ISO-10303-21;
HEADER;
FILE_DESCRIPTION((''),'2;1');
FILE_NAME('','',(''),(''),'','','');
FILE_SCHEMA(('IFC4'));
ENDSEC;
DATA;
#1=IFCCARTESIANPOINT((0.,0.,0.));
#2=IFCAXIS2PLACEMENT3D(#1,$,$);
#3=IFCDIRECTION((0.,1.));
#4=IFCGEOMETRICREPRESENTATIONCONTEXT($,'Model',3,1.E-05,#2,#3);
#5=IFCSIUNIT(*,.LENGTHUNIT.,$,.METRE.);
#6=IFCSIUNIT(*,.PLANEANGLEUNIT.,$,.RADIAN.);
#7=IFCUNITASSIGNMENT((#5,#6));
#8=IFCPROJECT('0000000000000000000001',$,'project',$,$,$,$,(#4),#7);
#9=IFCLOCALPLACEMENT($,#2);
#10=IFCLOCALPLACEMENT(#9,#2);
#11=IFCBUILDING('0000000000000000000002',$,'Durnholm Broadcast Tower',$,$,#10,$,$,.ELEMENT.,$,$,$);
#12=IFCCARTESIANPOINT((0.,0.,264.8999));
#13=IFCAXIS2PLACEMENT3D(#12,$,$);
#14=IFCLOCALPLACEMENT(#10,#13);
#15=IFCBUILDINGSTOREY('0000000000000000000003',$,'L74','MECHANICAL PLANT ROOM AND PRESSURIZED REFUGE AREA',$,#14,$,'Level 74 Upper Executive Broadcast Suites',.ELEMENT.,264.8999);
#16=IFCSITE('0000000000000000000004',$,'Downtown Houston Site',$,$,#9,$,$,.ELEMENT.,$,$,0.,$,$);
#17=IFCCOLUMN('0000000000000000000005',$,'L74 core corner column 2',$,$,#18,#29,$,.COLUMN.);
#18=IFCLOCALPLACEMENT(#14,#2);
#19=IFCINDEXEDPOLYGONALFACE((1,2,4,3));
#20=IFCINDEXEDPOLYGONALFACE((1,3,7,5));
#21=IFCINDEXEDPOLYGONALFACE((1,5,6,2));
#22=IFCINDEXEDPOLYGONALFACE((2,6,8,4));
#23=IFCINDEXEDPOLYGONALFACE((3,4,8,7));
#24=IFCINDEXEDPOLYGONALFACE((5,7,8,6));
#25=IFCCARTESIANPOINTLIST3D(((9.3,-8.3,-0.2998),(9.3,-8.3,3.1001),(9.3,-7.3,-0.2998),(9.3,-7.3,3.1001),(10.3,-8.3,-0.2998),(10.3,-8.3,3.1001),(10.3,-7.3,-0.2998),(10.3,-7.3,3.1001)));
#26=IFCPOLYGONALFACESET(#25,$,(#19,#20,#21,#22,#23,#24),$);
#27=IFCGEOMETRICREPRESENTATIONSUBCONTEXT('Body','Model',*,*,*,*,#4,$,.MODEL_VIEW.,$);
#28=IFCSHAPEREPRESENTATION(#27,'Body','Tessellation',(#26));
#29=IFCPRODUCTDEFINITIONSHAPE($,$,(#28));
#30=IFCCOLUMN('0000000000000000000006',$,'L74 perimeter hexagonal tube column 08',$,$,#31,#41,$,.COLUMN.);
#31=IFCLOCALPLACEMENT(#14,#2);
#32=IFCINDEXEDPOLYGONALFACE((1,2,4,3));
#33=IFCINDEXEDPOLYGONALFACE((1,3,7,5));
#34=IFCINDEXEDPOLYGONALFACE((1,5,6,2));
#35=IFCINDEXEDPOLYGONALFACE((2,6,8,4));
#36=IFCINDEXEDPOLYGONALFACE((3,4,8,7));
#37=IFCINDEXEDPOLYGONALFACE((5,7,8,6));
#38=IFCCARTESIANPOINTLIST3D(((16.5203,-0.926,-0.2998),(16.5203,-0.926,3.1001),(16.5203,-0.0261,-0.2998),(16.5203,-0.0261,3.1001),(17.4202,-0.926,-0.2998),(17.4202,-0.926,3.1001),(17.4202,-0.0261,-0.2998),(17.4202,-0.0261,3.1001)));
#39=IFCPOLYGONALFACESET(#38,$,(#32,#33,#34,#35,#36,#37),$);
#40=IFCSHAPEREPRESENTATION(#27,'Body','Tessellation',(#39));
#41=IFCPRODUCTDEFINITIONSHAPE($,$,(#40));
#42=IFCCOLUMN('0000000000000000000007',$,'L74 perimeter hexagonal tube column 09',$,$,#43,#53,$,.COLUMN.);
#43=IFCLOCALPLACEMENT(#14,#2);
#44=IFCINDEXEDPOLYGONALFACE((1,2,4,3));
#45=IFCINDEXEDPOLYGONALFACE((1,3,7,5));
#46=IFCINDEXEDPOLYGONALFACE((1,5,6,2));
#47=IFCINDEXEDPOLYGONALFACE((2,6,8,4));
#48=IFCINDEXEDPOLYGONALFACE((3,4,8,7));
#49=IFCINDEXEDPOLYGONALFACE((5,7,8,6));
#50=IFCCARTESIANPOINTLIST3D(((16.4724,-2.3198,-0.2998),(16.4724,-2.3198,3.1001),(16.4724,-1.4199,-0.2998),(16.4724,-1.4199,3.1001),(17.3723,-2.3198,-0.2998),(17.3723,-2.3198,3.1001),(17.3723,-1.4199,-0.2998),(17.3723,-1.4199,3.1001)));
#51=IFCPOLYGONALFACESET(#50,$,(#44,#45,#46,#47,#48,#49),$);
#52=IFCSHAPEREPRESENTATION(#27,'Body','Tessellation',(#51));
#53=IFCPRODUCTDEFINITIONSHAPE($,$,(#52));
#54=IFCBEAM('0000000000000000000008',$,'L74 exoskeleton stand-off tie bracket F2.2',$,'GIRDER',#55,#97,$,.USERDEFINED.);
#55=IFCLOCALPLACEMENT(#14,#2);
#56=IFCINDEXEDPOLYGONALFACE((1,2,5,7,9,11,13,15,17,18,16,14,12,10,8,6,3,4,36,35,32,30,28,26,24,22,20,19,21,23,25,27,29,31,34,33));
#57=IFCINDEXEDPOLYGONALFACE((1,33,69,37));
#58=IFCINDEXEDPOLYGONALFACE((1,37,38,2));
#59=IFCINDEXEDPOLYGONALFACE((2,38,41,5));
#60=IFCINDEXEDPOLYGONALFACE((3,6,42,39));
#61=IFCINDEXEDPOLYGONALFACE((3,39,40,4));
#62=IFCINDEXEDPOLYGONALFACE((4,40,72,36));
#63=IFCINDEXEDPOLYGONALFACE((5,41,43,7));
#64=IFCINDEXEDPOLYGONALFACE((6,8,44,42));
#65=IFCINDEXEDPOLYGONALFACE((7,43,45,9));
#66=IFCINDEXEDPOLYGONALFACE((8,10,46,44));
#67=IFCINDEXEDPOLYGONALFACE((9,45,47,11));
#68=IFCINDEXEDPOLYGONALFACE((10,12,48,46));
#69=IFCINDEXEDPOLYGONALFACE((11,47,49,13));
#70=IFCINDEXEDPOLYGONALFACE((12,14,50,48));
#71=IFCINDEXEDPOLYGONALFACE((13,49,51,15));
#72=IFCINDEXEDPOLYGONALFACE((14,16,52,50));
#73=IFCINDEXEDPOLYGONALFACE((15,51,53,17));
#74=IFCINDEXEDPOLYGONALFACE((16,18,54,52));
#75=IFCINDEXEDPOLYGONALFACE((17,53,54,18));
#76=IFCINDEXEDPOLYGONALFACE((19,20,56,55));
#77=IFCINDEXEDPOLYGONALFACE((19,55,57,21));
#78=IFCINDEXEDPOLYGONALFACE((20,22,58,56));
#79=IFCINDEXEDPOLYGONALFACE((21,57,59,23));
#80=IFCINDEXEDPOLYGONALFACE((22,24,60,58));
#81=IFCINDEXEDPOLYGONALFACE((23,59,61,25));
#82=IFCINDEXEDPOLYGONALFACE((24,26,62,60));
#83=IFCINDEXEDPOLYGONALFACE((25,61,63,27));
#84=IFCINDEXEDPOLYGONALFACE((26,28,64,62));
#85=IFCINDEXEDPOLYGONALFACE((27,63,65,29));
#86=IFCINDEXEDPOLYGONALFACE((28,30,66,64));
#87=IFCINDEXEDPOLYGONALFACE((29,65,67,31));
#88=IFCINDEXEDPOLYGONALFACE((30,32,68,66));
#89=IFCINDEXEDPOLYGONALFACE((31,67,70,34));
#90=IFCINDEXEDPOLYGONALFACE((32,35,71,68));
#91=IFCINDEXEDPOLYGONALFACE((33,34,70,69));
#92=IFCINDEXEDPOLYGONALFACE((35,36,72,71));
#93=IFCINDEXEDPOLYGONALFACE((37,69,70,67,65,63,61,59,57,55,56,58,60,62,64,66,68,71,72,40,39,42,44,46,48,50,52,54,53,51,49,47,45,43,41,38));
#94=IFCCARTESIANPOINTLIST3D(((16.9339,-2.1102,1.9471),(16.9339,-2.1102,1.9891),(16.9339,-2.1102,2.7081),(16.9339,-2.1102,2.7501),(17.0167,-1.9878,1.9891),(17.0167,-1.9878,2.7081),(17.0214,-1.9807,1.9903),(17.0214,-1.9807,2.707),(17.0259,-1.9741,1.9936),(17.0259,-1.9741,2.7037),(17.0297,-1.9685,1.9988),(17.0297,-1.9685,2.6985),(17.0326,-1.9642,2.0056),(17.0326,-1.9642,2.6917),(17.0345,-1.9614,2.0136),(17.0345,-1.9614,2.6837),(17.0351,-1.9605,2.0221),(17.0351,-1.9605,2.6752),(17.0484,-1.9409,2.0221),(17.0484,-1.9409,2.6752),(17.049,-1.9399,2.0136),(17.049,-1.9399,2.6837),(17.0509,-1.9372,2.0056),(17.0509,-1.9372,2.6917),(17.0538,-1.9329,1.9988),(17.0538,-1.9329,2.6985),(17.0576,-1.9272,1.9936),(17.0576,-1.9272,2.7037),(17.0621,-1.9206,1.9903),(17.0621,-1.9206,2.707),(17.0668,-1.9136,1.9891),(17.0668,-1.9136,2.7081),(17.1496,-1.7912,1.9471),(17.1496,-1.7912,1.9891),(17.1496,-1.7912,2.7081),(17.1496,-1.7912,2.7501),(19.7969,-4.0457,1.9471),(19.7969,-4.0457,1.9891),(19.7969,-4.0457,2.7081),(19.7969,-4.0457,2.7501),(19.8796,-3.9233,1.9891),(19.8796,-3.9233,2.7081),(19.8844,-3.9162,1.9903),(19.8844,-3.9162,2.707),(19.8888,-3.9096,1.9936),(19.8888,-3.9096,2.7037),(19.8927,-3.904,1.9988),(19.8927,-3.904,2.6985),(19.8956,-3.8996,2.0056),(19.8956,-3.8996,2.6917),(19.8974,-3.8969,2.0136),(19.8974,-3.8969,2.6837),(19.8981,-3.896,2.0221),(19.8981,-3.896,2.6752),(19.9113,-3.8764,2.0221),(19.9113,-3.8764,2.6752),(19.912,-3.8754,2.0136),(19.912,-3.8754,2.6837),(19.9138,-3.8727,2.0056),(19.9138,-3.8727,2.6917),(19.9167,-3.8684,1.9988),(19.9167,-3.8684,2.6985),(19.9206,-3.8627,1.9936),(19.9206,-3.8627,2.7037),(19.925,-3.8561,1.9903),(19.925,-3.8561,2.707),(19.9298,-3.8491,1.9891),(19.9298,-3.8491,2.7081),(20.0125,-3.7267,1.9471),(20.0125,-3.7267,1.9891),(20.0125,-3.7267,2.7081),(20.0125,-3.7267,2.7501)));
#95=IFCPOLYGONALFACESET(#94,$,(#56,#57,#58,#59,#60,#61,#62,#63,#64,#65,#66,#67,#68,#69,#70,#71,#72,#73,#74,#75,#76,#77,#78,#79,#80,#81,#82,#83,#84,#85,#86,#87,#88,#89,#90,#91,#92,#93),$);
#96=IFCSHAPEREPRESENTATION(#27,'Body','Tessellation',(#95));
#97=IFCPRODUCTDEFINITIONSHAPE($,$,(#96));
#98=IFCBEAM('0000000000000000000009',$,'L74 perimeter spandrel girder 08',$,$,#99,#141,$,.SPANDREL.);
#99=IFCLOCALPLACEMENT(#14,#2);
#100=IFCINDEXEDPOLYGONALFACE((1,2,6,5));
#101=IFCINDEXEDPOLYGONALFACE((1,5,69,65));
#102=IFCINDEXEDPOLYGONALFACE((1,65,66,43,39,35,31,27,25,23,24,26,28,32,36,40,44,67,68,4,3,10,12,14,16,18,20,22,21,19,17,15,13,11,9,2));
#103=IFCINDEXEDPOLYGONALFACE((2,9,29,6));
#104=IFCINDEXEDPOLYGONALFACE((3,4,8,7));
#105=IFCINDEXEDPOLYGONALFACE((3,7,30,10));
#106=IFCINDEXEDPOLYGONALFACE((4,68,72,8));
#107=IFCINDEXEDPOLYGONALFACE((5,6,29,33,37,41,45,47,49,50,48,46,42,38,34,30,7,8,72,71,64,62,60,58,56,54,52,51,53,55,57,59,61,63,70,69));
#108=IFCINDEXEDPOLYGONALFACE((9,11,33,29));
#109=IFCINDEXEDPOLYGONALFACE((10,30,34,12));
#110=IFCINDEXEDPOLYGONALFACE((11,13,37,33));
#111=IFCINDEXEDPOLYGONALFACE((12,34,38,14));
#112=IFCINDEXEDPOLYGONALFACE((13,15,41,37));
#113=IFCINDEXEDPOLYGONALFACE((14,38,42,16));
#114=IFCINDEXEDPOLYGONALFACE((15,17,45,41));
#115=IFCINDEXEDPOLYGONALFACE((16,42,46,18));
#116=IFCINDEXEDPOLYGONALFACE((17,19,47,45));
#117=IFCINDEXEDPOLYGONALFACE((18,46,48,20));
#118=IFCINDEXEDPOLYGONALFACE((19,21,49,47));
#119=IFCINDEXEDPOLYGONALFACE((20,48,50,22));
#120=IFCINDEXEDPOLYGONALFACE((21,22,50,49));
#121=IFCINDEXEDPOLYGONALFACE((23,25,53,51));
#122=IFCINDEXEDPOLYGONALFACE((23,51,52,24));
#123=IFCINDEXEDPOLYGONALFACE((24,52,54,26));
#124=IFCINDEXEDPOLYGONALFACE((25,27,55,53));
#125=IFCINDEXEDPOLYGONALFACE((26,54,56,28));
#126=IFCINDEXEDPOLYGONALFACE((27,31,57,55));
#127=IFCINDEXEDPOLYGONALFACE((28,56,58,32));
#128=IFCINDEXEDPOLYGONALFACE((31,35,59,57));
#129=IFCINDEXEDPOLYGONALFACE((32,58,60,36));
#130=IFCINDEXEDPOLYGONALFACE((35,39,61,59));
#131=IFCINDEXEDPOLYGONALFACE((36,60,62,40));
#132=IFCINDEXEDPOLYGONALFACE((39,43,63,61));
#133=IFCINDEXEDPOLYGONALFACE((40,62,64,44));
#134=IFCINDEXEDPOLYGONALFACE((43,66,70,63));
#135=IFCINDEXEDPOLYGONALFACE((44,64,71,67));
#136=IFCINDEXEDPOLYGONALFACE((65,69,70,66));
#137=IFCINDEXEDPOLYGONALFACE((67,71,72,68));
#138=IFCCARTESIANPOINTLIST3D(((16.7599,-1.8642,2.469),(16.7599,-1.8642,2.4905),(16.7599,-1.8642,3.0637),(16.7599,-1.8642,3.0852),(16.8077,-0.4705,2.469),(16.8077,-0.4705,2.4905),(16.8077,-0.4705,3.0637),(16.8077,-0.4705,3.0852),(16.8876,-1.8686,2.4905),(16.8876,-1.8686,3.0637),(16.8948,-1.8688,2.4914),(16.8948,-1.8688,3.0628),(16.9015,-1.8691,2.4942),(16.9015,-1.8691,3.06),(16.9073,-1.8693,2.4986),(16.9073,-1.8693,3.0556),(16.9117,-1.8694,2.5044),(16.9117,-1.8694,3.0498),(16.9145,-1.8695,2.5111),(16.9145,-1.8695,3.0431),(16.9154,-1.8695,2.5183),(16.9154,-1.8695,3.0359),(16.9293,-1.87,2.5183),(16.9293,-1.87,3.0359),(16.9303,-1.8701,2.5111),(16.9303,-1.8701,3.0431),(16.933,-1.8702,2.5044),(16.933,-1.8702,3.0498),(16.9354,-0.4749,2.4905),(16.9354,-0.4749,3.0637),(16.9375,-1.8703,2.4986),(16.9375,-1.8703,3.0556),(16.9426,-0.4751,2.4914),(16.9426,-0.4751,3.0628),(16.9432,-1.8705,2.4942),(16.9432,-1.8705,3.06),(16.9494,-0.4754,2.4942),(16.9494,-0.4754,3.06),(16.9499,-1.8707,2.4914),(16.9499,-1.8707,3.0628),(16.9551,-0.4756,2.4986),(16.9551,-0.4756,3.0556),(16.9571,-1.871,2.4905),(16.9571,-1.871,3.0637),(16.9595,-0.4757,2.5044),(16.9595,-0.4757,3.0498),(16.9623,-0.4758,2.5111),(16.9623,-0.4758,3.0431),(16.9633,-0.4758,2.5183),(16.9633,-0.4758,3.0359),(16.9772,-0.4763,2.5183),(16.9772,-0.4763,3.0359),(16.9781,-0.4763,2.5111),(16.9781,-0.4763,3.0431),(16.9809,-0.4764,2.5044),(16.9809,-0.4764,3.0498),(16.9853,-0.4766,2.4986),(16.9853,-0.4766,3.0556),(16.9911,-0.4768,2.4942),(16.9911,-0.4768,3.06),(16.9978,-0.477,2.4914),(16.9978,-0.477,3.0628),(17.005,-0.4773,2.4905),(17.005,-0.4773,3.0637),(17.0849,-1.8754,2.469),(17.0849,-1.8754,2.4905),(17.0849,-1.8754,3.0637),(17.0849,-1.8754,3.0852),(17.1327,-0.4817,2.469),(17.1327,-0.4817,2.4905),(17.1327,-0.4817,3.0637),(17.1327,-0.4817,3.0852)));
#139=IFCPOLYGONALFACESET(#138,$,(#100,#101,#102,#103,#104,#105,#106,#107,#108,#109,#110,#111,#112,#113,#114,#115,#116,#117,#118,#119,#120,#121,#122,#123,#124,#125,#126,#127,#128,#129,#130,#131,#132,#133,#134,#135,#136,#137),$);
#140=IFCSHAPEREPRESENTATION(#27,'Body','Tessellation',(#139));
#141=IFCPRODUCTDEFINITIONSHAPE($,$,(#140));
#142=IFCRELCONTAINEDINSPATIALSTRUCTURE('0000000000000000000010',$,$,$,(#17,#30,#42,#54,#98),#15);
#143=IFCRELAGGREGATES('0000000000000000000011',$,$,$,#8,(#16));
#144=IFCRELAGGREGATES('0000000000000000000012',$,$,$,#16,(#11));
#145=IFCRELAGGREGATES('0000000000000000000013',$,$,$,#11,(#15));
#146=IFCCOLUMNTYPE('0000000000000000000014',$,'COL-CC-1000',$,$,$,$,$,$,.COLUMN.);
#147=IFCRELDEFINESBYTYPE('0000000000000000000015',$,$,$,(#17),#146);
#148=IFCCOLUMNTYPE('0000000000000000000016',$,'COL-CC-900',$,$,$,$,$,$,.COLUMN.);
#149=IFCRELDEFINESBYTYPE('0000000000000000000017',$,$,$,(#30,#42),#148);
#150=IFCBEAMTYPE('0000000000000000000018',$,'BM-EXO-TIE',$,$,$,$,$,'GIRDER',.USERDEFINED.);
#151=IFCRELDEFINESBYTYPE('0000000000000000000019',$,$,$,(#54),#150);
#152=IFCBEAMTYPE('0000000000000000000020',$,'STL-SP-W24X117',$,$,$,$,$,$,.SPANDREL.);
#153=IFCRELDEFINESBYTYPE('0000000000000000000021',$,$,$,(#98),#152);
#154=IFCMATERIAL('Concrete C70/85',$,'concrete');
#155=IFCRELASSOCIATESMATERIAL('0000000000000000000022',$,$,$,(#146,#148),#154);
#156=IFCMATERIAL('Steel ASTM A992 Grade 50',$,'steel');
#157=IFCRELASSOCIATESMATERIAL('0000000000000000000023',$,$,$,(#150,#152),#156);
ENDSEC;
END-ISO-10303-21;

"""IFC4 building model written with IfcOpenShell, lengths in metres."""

from ifc_helpers import new_model, si_unit, direction, frame, origin, origin_2d, place, context, subcontext, project, spatial, rectangle, i_section, extrude, source, transform, mapped, material, material_profile, profile_set, type_object, type_shapes, element, save


model = new_model("IFC4")

# Units and contexts
model_context = context("Model", 3, precision=1e-05, world=origin(), true_north=direction((0.0, 1.0)))
body_context = subcontext(model_context, "Body", "Model", "MODEL_VIEW")
ifc_project = project(units=[si_unit("LENGTHUNIT", "METRE"), si_unit("PLANEANGLEUNIT", "RADIAN")], contexts=[model_context])

# Site, building, storey
site_placement = place(None, origin())
site = spatial("IfcSite", under=ifc_project, at=site_placement, Name="Downtown Houston Site", CompositionType="ELEMENT", RefElevation=0.0)
building_placement = place(site_placement, origin())
building = spatial("IfcBuilding", under=site, at=building_placement, Name="Durnholm Broadcast Tower", CompositionType="ELEMENT")
storey_placement = place(building_placement, frame((0.0, 0.0, 264.8999)))
storey = spatial("IfcBuildingStorey", under=building, at=storey_placement, Name="L74", Description="MECHANICAL PLANT ROOM AND PRESSURIZED REFUGE AREA", LongName="Level 74 Upper Executive Broadcast Suites", CompositionType="ELEMENT", Elevation=264.8999)

# Columns
ifc_material_1 = material(Name="Concrete C70/85", Category="concrete")
ifc_material_profile_1 = material_profile(ifc_material_1, rectangle(XDim=1.0, YDim=1.0, at=origin_2d()), Name="RC1000X1000")
ifc_profile_set_1 = profile_set([ifc_material_profile_1], Name="Concrete C70/85")
column_type_1 = type_object("IfcColumnType", Name="COL-CC-1000", PredefinedType="COLUMN", material=ifc_profile_set_1)
shared_shape_1 = source(origin(), body_context, "Body", "SweptSolid", [
    extrude(rectangle(XDim=1.0, YDim=1.0, at=origin_2d()), origin(), (0.0, 0.0, 1.0), 3.3999),
])
type_shapes(column_type_1, [shared_shape_1])
column_placement = place(storey_placement, frame((9.8, -7.8, -0.2998), z_axis=(0.0, 0.0, 1.0), x_axis=(1.0, 0.0, 0.0)))
element("IfcColumn", 1, at=column_placement, inside=storey, type_object=column_type_1, Name="L74 core corner column 2", PredefinedType="COLUMN", context=body_context, shape_type="MappedRepresentation", body=[
    mapped(shared_shape_1, transform((0.0, 0.0, 0.0), x_axis=(1.0, 0.0, 0.0), y_axis=(0.0, 1.0, 0.0), z_axis=(0.0, 0.0, 1.0), scale=1.0)),
])
ifc_material_profile_2 = material_profile(ifc_material_1, rectangle(XDim=0.8999, YDim=0.8999, at=origin_2d()), Name="RC900X900")
ifc_profile_set_2 = profile_set([ifc_material_profile_2], Name="Concrete C70/85")
column_type_2 = type_object("IfcColumnType", Name="COL-CC-900", PredefinedType="COLUMN", material=ifc_profile_set_2)
shared_shape_2 = source(origin(), body_context, "Body", "SweptSolid", [
    extrude(rectangle(XDim=0.8999, YDim=0.8999, at=origin_2d()), origin(), (0.0, 0.0, 1.0), 3.3999),
])
type_shapes(column_type_2, [shared_shape_2])
for number, where, z_axis, x_axis, name in (
    (2, (16.9702, -0.4761, -0.2998), (0.0, 0.0, 1.0), (1.0, 0.0, 0.0), "L74 perimeter hexagonal tube column 08"),
    (3, (16.9224, -1.8699, -0.2998), (0.0, 0.0, 1.0), (1.0, 0.0, 0.0), "L74 perimeter hexagonal tube column 09"),
):
    element("IfcColumn", number, at=place(storey_placement, frame(where, z_axis=z_axis, x_axis=x_axis)), inside=storey, type_object=column_type_2, Name=name, PredefinedType="COLUMN", context=body_context, shape_type="MappedRepresentation", body=[
        mapped(shared_shape_2, transform((0.0, 0.0, 0.0), x_axis=(1.0, 0.0, 0.0), y_axis=(0.0, 1.0, 0.0), z_axis=(0.0, 0.0, 1.0), scale=1.0)),
    ])

# Beams
ifc_material_2 = material(Name="Steel ASTM A992 Grade 50", Category="steel")
ifc_material_profile_3 = material_profile(ifc_material_2, i_section(OverallWidth=0.385, OverallDepth=0.803, WebThickness=0.0237, FlangeThickness=0.042, FilletRadius=0.033, at=origin_2d()), Name="W30X261")
ifc_profile_set_3 = profile_set([ifc_material_profile_3], Name="Steel ASTM A992 Grade 50")
beam_type_1 = type_object("IfcBeamType", Name="BM-EXO-TIE", ElementType="GIRDER", PredefinedType="USERDEFINED", material=ifc_profile_set_3)
shared_shape_3 = source(origin(), body_context, "Body", "SweptSolid", [
    extrude(i_section(OverallWidth=0.385, OverallDepth=0.803, WebThickness=0.0237, FlangeThickness=0.042, FilletRadius=0.033, at=origin_2d()), origin(), (0.0, 0.0, 1.0), 3.4558),
])
type_shapes(beam_type_1, [shared_shape_3])
beam_1_placement = place(storey_placement, frame((17.0417, -1.9507, 2.3486), z_axis=(0.828446, -0.560068, 0.0), x_axis=(0.560068, 0.828446, 0.0)))
element("IfcBeam", 4, at=beam_1_placement, inside=storey, type_object=beam_type_1, Name="L74 exoskeleton stand-off tie bracket F2.2", ObjectType="GIRDER", PredefinedType="USERDEFINED", context=body_context, shape_type="MappedRepresentation", body=[
    mapped(shared_shape_3, transform((0.0, 0.0, 0.0), x_axis=(1.0, 0.0, 0.0), y_axis=(0.0, 1.0, 0.0), z_axis=(0.0, 0.0, 1.0), scale=1.0)),
])
ifc_material_profile_4 = material_profile(ifc_material_2, i_section(OverallWidth=0.3252, OverallDepth=0.6162, WebThickness=0.0139, FlangeThickness=0.0215, FilletRadius=0.0278, at=origin_2d()), Name="W24X117")
ifc_profile_set_4 = profile_set([ifc_material_profile_4], Name="Steel ASTM A992 Grade 50")
beam_type_2 = type_object("IfcBeamType", Name="STL-SP-W24X117", PredefinedType="SPANDREL", material=ifc_profile_set_4)
shared_shape_4 = source(origin(), body_context, "Body", "SweptSolid", [
    extrude(i_section(OverallWidth=0.3252, OverallDepth=0.6162, WebThickness=0.0139, FlangeThickness=0.0215, FilletRadius=0.0278, at=origin_2d()), origin(), (0.0, 0.0, 1.0), 1.3945),
])
beam_2_placement = place(storey_placement, frame((16.9702, -0.4761, 2.7771), z_axis=(-0.034312, -0.999411, 0.0), x_axis=(0.999411, -0.034312, 0.0)))
element("IfcBeam", 5, at=beam_2_placement, inside=storey, type_object=beam_type_2, Name="L74 perimeter spandrel girder 08", PredefinedType="SPANDREL", context=body_context, shape_type="MappedRepresentation", body=[
    mapped(shared_shape_4, transform((0.0, 0.0, 0.0), x_axis=(1.0, 0.0, 0.0), y_axis=(0.0, 1.0, 0.0), z_axis=(0.0, 0.0, 1.0), scale=1.0)),
])

save(model, "model.ifc")
